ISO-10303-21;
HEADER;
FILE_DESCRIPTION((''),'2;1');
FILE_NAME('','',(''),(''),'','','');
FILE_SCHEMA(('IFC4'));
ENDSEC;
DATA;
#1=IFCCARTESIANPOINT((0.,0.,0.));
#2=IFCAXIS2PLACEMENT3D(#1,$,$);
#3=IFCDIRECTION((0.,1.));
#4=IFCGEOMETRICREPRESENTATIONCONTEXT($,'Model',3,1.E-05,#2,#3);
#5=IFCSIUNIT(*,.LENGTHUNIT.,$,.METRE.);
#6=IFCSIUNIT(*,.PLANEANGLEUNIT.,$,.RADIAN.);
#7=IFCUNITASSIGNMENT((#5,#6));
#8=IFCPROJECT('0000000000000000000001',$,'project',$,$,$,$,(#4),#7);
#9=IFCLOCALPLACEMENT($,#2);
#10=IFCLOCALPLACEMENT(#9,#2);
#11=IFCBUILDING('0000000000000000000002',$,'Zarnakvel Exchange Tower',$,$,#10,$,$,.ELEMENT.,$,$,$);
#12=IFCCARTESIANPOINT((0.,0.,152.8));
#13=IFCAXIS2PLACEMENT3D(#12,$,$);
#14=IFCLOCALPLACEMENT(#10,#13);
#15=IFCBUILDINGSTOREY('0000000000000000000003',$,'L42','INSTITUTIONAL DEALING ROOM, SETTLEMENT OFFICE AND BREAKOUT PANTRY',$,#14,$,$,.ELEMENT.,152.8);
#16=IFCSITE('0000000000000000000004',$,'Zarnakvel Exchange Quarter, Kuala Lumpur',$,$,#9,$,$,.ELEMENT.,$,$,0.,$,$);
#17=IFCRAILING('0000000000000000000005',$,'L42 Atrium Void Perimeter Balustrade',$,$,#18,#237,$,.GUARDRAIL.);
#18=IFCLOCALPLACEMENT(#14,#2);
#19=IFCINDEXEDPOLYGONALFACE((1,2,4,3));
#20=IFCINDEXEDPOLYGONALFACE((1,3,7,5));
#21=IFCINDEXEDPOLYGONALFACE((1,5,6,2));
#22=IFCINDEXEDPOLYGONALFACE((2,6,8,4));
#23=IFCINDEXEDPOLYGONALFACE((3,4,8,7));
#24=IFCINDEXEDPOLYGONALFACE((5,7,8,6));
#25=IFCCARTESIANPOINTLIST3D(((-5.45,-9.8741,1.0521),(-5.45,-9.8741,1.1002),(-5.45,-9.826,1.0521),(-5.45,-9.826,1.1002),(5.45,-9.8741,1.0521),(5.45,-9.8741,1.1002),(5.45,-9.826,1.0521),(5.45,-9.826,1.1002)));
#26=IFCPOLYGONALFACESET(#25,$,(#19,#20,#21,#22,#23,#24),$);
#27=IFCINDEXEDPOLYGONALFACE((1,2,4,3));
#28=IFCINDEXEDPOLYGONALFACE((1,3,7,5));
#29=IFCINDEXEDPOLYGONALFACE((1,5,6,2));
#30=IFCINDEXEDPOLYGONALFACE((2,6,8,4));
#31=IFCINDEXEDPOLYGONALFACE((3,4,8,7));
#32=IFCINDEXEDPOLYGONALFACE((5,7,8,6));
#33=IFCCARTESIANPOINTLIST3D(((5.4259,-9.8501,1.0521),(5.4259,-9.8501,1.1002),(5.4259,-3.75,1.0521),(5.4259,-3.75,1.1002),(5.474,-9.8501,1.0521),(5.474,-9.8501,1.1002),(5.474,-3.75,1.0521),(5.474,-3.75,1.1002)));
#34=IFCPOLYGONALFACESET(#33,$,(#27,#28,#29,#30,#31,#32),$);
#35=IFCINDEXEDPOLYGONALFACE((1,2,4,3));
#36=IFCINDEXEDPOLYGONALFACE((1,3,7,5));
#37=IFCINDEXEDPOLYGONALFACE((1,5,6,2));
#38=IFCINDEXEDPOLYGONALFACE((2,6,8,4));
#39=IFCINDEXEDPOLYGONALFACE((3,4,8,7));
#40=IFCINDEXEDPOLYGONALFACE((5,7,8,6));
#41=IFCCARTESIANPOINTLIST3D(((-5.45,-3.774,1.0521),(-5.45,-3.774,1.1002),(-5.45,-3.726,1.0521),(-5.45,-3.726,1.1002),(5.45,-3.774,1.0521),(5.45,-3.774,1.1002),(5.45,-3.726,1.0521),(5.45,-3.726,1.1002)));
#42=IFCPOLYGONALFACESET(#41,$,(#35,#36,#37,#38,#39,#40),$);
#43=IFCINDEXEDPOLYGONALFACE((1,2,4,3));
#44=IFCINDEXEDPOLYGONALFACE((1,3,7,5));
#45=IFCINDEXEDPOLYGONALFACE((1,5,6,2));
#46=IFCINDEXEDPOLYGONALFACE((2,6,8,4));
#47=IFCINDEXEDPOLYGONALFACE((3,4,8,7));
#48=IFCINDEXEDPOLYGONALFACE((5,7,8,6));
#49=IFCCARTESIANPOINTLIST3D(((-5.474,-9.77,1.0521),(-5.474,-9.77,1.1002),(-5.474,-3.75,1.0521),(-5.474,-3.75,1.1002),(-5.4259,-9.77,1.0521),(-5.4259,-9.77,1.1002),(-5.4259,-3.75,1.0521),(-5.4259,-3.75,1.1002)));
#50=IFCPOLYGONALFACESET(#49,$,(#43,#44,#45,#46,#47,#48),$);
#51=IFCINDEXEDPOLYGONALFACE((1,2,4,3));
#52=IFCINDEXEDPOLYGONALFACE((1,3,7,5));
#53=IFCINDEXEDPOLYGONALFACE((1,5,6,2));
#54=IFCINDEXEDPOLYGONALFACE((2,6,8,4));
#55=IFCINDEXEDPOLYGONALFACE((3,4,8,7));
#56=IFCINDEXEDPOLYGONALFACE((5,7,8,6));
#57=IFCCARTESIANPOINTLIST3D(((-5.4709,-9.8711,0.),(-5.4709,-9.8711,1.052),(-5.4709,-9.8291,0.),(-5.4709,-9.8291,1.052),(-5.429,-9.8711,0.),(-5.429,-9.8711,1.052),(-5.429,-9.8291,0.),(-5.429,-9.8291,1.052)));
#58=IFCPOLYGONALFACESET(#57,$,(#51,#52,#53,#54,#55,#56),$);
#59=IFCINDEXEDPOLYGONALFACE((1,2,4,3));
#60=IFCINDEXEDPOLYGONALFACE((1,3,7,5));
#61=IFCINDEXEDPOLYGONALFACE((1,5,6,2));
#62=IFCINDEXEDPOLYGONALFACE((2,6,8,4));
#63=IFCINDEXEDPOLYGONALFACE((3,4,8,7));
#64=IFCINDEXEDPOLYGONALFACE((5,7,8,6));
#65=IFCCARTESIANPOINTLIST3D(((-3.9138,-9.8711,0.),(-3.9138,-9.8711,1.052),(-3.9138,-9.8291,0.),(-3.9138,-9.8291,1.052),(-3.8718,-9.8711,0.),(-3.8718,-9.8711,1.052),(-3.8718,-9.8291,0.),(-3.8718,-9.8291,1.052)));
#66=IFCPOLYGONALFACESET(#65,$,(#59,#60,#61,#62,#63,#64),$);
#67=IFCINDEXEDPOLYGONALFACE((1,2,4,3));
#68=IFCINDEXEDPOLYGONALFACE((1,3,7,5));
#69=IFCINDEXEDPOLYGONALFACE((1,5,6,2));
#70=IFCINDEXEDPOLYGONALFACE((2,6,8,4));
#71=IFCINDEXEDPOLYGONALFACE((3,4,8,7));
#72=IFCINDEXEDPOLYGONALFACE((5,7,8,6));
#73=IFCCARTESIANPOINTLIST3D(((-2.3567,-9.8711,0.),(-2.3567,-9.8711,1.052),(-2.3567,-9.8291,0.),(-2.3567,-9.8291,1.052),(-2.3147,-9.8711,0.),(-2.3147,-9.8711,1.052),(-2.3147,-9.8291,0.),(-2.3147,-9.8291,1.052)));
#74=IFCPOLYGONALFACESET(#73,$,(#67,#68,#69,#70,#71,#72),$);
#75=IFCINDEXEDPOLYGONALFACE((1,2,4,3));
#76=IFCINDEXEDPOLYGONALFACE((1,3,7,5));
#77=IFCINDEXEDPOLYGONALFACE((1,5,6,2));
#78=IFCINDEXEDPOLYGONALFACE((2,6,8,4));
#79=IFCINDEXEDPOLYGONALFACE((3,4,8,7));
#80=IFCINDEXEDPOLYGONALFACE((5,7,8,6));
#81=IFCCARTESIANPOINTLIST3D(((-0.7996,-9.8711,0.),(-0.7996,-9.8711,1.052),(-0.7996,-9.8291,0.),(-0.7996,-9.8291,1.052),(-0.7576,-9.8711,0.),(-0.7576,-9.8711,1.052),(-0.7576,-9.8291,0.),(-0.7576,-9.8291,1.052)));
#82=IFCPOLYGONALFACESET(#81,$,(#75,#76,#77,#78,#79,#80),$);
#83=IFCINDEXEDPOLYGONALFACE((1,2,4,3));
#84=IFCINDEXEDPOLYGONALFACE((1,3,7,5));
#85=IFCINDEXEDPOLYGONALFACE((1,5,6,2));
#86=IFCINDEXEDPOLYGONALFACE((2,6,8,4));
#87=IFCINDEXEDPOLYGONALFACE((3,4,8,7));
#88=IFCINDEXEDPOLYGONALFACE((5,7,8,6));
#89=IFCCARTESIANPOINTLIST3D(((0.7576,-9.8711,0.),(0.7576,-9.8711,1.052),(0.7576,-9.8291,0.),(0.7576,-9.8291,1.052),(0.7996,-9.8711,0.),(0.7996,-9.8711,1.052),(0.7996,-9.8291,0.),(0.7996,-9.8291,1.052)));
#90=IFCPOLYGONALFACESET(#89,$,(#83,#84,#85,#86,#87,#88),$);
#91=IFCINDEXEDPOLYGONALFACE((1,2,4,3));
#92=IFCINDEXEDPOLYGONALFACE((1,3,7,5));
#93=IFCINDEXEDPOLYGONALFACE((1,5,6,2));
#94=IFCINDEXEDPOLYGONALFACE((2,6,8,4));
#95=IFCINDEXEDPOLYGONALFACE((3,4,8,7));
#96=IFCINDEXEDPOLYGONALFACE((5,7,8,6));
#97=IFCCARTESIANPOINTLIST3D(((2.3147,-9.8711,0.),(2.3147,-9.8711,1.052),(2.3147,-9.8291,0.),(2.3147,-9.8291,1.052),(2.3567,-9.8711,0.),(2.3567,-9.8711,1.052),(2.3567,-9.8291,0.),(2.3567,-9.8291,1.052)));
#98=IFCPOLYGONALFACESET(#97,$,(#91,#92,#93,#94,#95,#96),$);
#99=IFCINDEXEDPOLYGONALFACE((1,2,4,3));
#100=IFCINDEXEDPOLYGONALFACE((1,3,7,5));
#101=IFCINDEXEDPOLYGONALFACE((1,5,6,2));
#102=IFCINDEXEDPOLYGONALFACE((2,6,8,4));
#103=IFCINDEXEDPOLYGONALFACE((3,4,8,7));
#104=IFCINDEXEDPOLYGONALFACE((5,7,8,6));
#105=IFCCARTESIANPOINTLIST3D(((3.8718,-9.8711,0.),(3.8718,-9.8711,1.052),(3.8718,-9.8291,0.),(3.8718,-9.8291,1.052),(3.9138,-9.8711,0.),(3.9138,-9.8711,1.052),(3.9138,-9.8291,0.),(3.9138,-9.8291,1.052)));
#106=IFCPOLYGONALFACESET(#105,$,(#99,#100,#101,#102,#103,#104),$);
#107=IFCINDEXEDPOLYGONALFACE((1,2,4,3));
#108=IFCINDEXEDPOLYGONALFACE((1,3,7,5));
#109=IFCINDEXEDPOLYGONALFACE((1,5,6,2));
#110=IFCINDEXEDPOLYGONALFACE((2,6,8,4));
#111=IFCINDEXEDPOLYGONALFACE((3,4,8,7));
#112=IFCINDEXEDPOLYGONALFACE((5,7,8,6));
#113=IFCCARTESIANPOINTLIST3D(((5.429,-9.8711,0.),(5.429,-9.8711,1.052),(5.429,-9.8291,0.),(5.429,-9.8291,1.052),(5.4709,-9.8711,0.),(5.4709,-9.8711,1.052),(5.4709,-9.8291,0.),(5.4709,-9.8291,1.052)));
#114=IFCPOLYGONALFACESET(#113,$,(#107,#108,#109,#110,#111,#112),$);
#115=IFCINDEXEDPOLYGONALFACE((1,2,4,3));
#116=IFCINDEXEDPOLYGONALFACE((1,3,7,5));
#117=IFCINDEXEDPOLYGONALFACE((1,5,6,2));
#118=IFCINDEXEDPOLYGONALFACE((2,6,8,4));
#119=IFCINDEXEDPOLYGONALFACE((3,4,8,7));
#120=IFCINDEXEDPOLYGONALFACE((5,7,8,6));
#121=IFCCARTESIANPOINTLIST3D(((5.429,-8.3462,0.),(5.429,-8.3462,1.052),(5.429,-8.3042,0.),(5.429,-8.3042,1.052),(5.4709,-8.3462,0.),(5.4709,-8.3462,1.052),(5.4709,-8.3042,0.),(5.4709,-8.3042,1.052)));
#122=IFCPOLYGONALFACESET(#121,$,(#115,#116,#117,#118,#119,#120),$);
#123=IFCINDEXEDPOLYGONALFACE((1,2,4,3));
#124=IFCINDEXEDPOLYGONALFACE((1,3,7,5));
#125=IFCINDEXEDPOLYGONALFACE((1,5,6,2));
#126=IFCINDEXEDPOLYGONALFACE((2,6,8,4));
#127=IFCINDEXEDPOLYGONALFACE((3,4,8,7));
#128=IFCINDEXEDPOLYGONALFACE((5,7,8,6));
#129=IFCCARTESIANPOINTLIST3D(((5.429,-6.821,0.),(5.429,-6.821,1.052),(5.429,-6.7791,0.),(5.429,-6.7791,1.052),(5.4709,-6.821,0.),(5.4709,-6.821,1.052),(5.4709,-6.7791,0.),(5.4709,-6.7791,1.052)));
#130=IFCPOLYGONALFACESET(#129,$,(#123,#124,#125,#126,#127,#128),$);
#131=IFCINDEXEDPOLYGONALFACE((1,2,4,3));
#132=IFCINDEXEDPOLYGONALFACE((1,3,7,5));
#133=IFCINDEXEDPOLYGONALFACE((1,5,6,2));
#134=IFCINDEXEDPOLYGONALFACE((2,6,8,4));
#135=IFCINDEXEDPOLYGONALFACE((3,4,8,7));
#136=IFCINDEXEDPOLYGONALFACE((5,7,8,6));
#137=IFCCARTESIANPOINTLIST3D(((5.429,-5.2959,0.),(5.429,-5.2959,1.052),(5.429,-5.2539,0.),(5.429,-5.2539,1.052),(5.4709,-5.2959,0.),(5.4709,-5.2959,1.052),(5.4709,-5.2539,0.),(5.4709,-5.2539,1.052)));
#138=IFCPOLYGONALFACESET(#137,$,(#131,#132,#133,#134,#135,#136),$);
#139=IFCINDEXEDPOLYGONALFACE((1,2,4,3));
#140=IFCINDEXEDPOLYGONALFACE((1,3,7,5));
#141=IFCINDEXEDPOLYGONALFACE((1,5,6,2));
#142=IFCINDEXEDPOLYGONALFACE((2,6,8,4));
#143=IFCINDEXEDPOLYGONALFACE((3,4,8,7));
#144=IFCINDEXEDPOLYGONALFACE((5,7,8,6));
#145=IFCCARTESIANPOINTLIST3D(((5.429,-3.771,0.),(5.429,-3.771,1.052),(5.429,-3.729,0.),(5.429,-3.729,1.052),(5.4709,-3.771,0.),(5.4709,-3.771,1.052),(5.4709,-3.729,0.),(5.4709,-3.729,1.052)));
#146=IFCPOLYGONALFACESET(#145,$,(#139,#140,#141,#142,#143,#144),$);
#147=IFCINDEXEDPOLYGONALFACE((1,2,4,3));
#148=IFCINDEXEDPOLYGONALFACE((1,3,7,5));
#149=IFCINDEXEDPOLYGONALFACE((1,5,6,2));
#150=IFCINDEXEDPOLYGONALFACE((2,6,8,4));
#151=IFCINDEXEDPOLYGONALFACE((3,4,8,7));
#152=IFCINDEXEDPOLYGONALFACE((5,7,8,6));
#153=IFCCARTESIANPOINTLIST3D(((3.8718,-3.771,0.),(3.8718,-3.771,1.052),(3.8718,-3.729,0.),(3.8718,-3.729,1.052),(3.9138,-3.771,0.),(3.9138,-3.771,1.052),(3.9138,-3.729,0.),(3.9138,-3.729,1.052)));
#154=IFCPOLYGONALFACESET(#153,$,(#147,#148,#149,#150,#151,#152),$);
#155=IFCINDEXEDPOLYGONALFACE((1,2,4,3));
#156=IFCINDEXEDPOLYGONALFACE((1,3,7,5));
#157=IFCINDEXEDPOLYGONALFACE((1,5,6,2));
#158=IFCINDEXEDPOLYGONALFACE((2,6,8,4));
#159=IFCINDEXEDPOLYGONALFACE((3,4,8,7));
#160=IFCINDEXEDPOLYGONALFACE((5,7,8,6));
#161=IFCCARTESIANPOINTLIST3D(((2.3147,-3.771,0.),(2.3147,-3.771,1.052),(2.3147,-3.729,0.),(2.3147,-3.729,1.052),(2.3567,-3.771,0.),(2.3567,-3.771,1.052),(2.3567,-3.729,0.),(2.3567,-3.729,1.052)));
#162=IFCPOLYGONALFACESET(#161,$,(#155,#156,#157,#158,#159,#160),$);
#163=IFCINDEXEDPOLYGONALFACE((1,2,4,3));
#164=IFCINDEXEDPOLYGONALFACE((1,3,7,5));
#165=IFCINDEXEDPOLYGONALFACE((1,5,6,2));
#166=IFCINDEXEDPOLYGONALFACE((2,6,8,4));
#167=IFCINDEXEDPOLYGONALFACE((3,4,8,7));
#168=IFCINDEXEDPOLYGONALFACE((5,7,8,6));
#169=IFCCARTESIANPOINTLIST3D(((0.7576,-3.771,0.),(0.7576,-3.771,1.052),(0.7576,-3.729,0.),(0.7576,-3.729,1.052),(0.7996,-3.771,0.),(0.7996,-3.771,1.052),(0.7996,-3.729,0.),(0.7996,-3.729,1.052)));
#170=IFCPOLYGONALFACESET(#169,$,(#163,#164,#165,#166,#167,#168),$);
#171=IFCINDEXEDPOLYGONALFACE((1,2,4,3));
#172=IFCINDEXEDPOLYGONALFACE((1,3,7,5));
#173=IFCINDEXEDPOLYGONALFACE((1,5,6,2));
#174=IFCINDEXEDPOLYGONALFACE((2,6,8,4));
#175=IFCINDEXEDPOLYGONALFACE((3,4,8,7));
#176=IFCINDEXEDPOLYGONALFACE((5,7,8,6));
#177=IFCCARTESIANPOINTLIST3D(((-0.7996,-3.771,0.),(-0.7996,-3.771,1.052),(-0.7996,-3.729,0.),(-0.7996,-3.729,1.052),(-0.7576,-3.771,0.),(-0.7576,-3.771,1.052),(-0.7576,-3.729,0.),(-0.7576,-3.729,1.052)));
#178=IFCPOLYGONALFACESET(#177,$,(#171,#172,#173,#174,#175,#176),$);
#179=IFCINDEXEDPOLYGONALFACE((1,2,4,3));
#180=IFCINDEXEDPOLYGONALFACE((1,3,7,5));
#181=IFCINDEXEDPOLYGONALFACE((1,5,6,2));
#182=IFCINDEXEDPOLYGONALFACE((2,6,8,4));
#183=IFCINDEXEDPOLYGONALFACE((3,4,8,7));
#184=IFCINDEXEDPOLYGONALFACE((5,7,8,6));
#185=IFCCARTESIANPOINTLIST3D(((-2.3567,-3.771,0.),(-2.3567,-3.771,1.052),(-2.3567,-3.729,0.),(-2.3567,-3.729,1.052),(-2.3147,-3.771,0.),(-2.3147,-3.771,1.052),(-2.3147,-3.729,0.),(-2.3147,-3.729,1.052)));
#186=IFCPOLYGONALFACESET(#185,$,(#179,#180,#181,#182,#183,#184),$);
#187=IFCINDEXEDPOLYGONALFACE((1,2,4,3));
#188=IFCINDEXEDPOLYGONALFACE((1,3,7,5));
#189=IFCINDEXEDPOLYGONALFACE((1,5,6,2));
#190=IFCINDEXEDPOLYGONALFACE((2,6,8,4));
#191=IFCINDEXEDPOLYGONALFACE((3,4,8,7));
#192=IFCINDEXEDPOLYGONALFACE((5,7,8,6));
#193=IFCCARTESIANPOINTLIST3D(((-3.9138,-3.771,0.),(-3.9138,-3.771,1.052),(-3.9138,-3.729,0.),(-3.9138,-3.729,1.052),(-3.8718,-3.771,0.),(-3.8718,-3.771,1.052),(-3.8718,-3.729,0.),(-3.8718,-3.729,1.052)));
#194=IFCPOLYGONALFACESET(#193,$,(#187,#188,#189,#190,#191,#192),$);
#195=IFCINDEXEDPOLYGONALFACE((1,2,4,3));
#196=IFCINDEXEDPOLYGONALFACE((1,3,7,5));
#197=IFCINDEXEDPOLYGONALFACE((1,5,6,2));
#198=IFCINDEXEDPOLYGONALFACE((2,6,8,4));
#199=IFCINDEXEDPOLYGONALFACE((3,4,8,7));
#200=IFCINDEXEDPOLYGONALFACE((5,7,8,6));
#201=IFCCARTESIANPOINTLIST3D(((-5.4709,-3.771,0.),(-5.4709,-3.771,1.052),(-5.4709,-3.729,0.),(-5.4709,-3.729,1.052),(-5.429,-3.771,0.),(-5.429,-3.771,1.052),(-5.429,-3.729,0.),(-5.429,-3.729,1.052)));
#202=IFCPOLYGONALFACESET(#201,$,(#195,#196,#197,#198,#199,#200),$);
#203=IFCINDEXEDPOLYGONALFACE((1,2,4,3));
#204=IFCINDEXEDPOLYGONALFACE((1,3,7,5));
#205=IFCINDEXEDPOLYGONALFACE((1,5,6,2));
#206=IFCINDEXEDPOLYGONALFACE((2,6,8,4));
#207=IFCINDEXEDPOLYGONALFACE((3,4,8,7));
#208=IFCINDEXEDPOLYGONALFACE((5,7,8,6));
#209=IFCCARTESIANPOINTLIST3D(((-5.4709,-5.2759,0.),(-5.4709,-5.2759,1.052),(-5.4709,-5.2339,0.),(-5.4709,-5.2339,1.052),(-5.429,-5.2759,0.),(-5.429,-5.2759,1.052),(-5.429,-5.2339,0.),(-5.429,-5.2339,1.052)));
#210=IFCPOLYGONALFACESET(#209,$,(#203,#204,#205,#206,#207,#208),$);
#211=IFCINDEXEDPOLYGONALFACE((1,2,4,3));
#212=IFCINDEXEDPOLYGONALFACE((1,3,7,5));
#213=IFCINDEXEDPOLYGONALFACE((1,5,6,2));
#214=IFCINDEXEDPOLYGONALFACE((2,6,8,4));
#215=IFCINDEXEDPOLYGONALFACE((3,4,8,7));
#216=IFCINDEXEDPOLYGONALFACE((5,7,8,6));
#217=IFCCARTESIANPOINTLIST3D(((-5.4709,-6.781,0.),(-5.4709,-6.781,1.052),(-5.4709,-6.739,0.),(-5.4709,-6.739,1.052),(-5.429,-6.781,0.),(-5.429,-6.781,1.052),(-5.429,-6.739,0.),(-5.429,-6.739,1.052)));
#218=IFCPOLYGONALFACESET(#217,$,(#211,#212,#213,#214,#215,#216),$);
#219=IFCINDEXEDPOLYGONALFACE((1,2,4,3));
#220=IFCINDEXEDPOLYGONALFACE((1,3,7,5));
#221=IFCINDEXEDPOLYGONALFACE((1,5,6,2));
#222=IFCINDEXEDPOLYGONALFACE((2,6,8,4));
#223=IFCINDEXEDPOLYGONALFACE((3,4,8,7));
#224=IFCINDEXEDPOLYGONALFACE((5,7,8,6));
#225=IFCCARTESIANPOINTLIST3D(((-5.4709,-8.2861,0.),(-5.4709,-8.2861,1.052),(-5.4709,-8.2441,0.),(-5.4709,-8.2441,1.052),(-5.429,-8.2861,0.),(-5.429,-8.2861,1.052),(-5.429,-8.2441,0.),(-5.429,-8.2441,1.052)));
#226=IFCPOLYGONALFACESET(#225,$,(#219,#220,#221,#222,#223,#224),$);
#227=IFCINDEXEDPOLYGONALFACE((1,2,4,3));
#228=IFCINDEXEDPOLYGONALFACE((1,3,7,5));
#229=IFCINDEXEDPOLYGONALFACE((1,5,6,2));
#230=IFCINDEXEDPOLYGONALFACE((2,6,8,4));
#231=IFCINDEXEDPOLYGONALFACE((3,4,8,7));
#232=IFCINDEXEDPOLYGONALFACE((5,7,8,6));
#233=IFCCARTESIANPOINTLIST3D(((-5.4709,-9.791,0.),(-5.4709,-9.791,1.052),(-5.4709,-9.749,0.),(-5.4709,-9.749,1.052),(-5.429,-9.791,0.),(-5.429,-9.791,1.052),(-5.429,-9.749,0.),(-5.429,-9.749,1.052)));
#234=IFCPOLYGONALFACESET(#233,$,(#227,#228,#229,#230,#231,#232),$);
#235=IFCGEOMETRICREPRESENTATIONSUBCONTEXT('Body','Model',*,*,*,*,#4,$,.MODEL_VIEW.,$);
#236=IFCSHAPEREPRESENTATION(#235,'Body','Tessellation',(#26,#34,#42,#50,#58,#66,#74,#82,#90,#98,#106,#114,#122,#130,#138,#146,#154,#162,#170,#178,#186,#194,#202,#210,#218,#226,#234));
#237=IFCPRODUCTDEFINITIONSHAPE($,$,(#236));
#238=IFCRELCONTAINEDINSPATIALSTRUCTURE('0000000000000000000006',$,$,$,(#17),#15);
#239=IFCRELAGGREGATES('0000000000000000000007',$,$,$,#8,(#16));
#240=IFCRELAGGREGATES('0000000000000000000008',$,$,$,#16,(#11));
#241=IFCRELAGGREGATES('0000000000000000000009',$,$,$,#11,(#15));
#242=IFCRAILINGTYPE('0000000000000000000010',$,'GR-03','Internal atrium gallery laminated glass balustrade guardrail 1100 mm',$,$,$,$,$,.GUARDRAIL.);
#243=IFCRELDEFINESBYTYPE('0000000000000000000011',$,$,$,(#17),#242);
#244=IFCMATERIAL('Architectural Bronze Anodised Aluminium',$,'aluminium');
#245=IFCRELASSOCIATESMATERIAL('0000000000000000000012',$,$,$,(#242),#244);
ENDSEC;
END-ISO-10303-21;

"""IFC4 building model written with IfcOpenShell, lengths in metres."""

from ifc_helpers import new_model, si_unit, direction, frame, origin, origin_2d, place, context, subcontext, project, spatial, rectangle, extrude, material, type_object, element, save


model = new_model("IFC4")

# Units and contexts
model_context = context("Model", 3, precision=1e-05, world=origin(), true_north=direction((0.0, 1.0)))
body_context = subcontext(model_context, "Body", "Model", "MODEL_VIEW")
ifc_project = project(units=[si_unit("LENGTHUNIT", "METRE"), si_unit("PLANEANGLEUNIT", "RADIAN")], contexts=[model_context])

# Site, building, storey
site_placement = place(None, origin())
site = spatial("IfcSite", under=ifc_project, at=site_placement, Name="Zarnakvel Exchange Quarter, Kuala Lumpur", CompositionType="ELEMENT", RefElevation=0.0)
building_placement = place(site_placement, origin())
building = spatial("IfcBuilding", under=site, at=building_placement, Name="Zarnakvel Exchange Tower", CompositionType="ELEMENT")
storey_placement = place(building_placement, frame((0.0, 0.0, 152.8)))
storey = spatial("IfcBuildingStorey", under=building, at=storey_placement, Name="L42", Description="INSTITUTIONAL DEALING ROOM, SETTLEMENT OFFICE AND BREAKOUT PANTRY", CompositionType="ELEMENT", Elevation=152.8)

# Railing
ifc_material_1 = material(Name="Architectural Bronze Anodised Aluminium", Category="aluminium")
railing_type = type_object("IfcRailingType", Name="GR-03", Description="Internal atrium gallery laminated glass balustrade guardrail 1100 mm", PredefinedType="GUARDRAIL", material=ifc_material_1)
railing_placement = place(storey_placement, frame((-5.45, -9.8501, 0.0)))
element("IfcRailing", 1, at=railing_placement, inside=storey, type_object=railing_type, Name="L42 Atrium Void Perimeter Balustrade", PredefinedType="GUARDRAIL", context=body_context, shape_type="SweptSolid", body=[
    extrude(rectangle(XDim=0.0481, YDim=0.0481, at=origin_2d()), frame((0.0, 0.0, 1.0762), z_axis=(1.0, 0.0, 0.0), x_axis=(0.0, 1.0, 0.0)), (0.0, 0.0, 1.0), 10.8999),
    extrude(rectangle(XDim=0.0481, YDim=0.0481, at=origin_2d()), frame((10.8999, 0.0, 1.0762), z_axis=(0.0, 1.0, 0.0), x_axis=(-1.0, 0.0, 0.0)), (0.0, 0.0, 1.0), 6.1001),
    extrude(rectangle(XDim=0.0481, YDim=0.0481, at=origin_2d()), frame((10.8999, 6.1001, 1.0762), z_axis=(-1.0, 0.0, 0.0), x_axis=(0.0, -1.0, 0.0)), (0.0, 0.0, 1.0), 10.8999),
    extrude(rectangle(XDim=0.0481, YDim=0.0481, at=origin_2d()), frame((0.0, 6.1001, 1.0762), z_axis=(0.0, -1.0, 0.0), x_axis=(1.0, 0.0, 0.0)), (0.0, 0.0, 1.0), 6.02),
    extrude(rectangle(XDim=0.042, YDim=0.042, at=origin_2d()), origin(), (0.0, 0.0, 1.0), 1.052),
    extrude(rectangle(XDim=0.042, YDim=0.042, at=origin_2d()), frame((1.5571, 0.0, 0.0)), (0.0, 0.0, 1.0), 1.052),
    extrude(rectangle(XDim=0.042, YDim=0.042, at=origin_2d()), frame((3.1143, 0.0, 0.0)), (0.0, 0.0, 1.0), 1.052),
    extrude(rectangle(XDim=0.042, YDim=0.042, at=origin_2d()), frame((4.6714, 0.0, 0.0)), (0.0, 0.0, 1.0), 1.052),
    extrude(rectangle(XDim=0.042, YDim=0.042, at=origin_2d()), frame((6.2285, 0.0, 0.0)), (0.0, 0.0, 1.0), 1.052),
    extrude(rectangle(XDim=0.042, YDim=0.042, at=origin_2d()), frame((7.7856, 0.0, 0.0)), (0.0, 0.0, 1.0), 1.052),
    extrude(rectangle(XDim=0.042, YDim=0.042, at=origin_2d()), frame((9.3428, 0.0, 0.0)), (0.0, 0.0, 1.0), 1.052),
    extrude(rectangle(XDim=0.042, YDim=0.042, at=origin_2d()), frame((10.8999, 0.0, 0.0)), (0.0, 0.0, 1.0), 1.052),
    extrude(rectangle(XDim=0.042, YDim=0.042, at=origin_2d()), frame((10.8999, 1.5249, 0.0)), (0.0, 0.0, 1.0), 1.052),
    extrude(rectangle(XDim=0.042, YDim=0.042, at=origin_2d()), frame((10.8999, 3.05, 0.0)), (0.0, 0.0, 1.0), 1.052),
    extrude(rectangle(XDim=0.042, YDim=0.042, at=origin_2d()), frame((10.8999, 4.5752, 0.0)), (0.0, 0.0, 1.0), 1.052),
    extrude(rectangle(XDim=0.042, YDim=0.042, at=origin_2d()), frame((10.8999, 6.1001, 0.0)), (0.0, 0.0, 1.0), 1.052),
    extrude(rectangle(XDim=0.042, YDim=0.042, at=origin_2d()), frame((9.3428, 6.1001, 0.0)), (0.0, 0.0, 1.0), 1.052),
    extrude(rectangle(XDim=0.042, YDim=0.042, at=origin_2d()), frame((7.7856, 6.1001, 0.0)), (0.0, 0.0, 1.0), 1.052),
    extrude(rectangle(XDim=0.042, YDim=0.042, at=origin_2d()), frame((6.2285, 6.1001, 0.0)), (0.0, 0.0, 1.0), 1.052),
    extrude(rectangle(XDim=0.042, YDim=0.042, at=origin_2d()), frame((4.6714, 6.1001, 0.0)), (0.0, 0.0, 1.0), 1.052),
    extrude(rectangle(XDim=0.042, YDim=0.042, at=origin_2d()), frame((3.1143, 6.1001, 0.0)), (0.0, 0.0, 1.0), 1.052),
    extrude(rectangle(XDim=0.042, YDim=0.042, at=origin_2d()), frame((1.5571, 6.1001, 0.0)), (0.0, 0.0, 1.0), 1.052),
    extrude(rectangle(XDim=0.042, YDim=0.042, at=origin_2d()), frame((0.0, 6.1001, 0.0)), (0.0, 0.0, 1.0), 1.052),
    extrude(rectangle(XDim=0.042, YDim=0.042, at=origin_2d()), frame((0.0, 4.5952, 0.0)), (0.0, 0.0, 1.0), 1.052),
    extrude(rectangle(XDim=0.042, YDim=0.042, at=origin_2d()), frame((0.0, 3.0901, 0.0)), (0.0, 0.0, 1.0), 1.052),
    extrude(rectangle(XDim=0.042, YDim=0.042, at=origin_2d()), frame((0.0, 1.585, 0.0)), (0.0, 0.0, 1.0), 1.052),
    extrude(rectangle(XDim=0.042, YDim=0.042, at=origin_2d()), frame((0.0, 0.0801, 0.0)), (0.0, 0.0, 1.0), 1.052),
])

save(model, "model.ifc")
